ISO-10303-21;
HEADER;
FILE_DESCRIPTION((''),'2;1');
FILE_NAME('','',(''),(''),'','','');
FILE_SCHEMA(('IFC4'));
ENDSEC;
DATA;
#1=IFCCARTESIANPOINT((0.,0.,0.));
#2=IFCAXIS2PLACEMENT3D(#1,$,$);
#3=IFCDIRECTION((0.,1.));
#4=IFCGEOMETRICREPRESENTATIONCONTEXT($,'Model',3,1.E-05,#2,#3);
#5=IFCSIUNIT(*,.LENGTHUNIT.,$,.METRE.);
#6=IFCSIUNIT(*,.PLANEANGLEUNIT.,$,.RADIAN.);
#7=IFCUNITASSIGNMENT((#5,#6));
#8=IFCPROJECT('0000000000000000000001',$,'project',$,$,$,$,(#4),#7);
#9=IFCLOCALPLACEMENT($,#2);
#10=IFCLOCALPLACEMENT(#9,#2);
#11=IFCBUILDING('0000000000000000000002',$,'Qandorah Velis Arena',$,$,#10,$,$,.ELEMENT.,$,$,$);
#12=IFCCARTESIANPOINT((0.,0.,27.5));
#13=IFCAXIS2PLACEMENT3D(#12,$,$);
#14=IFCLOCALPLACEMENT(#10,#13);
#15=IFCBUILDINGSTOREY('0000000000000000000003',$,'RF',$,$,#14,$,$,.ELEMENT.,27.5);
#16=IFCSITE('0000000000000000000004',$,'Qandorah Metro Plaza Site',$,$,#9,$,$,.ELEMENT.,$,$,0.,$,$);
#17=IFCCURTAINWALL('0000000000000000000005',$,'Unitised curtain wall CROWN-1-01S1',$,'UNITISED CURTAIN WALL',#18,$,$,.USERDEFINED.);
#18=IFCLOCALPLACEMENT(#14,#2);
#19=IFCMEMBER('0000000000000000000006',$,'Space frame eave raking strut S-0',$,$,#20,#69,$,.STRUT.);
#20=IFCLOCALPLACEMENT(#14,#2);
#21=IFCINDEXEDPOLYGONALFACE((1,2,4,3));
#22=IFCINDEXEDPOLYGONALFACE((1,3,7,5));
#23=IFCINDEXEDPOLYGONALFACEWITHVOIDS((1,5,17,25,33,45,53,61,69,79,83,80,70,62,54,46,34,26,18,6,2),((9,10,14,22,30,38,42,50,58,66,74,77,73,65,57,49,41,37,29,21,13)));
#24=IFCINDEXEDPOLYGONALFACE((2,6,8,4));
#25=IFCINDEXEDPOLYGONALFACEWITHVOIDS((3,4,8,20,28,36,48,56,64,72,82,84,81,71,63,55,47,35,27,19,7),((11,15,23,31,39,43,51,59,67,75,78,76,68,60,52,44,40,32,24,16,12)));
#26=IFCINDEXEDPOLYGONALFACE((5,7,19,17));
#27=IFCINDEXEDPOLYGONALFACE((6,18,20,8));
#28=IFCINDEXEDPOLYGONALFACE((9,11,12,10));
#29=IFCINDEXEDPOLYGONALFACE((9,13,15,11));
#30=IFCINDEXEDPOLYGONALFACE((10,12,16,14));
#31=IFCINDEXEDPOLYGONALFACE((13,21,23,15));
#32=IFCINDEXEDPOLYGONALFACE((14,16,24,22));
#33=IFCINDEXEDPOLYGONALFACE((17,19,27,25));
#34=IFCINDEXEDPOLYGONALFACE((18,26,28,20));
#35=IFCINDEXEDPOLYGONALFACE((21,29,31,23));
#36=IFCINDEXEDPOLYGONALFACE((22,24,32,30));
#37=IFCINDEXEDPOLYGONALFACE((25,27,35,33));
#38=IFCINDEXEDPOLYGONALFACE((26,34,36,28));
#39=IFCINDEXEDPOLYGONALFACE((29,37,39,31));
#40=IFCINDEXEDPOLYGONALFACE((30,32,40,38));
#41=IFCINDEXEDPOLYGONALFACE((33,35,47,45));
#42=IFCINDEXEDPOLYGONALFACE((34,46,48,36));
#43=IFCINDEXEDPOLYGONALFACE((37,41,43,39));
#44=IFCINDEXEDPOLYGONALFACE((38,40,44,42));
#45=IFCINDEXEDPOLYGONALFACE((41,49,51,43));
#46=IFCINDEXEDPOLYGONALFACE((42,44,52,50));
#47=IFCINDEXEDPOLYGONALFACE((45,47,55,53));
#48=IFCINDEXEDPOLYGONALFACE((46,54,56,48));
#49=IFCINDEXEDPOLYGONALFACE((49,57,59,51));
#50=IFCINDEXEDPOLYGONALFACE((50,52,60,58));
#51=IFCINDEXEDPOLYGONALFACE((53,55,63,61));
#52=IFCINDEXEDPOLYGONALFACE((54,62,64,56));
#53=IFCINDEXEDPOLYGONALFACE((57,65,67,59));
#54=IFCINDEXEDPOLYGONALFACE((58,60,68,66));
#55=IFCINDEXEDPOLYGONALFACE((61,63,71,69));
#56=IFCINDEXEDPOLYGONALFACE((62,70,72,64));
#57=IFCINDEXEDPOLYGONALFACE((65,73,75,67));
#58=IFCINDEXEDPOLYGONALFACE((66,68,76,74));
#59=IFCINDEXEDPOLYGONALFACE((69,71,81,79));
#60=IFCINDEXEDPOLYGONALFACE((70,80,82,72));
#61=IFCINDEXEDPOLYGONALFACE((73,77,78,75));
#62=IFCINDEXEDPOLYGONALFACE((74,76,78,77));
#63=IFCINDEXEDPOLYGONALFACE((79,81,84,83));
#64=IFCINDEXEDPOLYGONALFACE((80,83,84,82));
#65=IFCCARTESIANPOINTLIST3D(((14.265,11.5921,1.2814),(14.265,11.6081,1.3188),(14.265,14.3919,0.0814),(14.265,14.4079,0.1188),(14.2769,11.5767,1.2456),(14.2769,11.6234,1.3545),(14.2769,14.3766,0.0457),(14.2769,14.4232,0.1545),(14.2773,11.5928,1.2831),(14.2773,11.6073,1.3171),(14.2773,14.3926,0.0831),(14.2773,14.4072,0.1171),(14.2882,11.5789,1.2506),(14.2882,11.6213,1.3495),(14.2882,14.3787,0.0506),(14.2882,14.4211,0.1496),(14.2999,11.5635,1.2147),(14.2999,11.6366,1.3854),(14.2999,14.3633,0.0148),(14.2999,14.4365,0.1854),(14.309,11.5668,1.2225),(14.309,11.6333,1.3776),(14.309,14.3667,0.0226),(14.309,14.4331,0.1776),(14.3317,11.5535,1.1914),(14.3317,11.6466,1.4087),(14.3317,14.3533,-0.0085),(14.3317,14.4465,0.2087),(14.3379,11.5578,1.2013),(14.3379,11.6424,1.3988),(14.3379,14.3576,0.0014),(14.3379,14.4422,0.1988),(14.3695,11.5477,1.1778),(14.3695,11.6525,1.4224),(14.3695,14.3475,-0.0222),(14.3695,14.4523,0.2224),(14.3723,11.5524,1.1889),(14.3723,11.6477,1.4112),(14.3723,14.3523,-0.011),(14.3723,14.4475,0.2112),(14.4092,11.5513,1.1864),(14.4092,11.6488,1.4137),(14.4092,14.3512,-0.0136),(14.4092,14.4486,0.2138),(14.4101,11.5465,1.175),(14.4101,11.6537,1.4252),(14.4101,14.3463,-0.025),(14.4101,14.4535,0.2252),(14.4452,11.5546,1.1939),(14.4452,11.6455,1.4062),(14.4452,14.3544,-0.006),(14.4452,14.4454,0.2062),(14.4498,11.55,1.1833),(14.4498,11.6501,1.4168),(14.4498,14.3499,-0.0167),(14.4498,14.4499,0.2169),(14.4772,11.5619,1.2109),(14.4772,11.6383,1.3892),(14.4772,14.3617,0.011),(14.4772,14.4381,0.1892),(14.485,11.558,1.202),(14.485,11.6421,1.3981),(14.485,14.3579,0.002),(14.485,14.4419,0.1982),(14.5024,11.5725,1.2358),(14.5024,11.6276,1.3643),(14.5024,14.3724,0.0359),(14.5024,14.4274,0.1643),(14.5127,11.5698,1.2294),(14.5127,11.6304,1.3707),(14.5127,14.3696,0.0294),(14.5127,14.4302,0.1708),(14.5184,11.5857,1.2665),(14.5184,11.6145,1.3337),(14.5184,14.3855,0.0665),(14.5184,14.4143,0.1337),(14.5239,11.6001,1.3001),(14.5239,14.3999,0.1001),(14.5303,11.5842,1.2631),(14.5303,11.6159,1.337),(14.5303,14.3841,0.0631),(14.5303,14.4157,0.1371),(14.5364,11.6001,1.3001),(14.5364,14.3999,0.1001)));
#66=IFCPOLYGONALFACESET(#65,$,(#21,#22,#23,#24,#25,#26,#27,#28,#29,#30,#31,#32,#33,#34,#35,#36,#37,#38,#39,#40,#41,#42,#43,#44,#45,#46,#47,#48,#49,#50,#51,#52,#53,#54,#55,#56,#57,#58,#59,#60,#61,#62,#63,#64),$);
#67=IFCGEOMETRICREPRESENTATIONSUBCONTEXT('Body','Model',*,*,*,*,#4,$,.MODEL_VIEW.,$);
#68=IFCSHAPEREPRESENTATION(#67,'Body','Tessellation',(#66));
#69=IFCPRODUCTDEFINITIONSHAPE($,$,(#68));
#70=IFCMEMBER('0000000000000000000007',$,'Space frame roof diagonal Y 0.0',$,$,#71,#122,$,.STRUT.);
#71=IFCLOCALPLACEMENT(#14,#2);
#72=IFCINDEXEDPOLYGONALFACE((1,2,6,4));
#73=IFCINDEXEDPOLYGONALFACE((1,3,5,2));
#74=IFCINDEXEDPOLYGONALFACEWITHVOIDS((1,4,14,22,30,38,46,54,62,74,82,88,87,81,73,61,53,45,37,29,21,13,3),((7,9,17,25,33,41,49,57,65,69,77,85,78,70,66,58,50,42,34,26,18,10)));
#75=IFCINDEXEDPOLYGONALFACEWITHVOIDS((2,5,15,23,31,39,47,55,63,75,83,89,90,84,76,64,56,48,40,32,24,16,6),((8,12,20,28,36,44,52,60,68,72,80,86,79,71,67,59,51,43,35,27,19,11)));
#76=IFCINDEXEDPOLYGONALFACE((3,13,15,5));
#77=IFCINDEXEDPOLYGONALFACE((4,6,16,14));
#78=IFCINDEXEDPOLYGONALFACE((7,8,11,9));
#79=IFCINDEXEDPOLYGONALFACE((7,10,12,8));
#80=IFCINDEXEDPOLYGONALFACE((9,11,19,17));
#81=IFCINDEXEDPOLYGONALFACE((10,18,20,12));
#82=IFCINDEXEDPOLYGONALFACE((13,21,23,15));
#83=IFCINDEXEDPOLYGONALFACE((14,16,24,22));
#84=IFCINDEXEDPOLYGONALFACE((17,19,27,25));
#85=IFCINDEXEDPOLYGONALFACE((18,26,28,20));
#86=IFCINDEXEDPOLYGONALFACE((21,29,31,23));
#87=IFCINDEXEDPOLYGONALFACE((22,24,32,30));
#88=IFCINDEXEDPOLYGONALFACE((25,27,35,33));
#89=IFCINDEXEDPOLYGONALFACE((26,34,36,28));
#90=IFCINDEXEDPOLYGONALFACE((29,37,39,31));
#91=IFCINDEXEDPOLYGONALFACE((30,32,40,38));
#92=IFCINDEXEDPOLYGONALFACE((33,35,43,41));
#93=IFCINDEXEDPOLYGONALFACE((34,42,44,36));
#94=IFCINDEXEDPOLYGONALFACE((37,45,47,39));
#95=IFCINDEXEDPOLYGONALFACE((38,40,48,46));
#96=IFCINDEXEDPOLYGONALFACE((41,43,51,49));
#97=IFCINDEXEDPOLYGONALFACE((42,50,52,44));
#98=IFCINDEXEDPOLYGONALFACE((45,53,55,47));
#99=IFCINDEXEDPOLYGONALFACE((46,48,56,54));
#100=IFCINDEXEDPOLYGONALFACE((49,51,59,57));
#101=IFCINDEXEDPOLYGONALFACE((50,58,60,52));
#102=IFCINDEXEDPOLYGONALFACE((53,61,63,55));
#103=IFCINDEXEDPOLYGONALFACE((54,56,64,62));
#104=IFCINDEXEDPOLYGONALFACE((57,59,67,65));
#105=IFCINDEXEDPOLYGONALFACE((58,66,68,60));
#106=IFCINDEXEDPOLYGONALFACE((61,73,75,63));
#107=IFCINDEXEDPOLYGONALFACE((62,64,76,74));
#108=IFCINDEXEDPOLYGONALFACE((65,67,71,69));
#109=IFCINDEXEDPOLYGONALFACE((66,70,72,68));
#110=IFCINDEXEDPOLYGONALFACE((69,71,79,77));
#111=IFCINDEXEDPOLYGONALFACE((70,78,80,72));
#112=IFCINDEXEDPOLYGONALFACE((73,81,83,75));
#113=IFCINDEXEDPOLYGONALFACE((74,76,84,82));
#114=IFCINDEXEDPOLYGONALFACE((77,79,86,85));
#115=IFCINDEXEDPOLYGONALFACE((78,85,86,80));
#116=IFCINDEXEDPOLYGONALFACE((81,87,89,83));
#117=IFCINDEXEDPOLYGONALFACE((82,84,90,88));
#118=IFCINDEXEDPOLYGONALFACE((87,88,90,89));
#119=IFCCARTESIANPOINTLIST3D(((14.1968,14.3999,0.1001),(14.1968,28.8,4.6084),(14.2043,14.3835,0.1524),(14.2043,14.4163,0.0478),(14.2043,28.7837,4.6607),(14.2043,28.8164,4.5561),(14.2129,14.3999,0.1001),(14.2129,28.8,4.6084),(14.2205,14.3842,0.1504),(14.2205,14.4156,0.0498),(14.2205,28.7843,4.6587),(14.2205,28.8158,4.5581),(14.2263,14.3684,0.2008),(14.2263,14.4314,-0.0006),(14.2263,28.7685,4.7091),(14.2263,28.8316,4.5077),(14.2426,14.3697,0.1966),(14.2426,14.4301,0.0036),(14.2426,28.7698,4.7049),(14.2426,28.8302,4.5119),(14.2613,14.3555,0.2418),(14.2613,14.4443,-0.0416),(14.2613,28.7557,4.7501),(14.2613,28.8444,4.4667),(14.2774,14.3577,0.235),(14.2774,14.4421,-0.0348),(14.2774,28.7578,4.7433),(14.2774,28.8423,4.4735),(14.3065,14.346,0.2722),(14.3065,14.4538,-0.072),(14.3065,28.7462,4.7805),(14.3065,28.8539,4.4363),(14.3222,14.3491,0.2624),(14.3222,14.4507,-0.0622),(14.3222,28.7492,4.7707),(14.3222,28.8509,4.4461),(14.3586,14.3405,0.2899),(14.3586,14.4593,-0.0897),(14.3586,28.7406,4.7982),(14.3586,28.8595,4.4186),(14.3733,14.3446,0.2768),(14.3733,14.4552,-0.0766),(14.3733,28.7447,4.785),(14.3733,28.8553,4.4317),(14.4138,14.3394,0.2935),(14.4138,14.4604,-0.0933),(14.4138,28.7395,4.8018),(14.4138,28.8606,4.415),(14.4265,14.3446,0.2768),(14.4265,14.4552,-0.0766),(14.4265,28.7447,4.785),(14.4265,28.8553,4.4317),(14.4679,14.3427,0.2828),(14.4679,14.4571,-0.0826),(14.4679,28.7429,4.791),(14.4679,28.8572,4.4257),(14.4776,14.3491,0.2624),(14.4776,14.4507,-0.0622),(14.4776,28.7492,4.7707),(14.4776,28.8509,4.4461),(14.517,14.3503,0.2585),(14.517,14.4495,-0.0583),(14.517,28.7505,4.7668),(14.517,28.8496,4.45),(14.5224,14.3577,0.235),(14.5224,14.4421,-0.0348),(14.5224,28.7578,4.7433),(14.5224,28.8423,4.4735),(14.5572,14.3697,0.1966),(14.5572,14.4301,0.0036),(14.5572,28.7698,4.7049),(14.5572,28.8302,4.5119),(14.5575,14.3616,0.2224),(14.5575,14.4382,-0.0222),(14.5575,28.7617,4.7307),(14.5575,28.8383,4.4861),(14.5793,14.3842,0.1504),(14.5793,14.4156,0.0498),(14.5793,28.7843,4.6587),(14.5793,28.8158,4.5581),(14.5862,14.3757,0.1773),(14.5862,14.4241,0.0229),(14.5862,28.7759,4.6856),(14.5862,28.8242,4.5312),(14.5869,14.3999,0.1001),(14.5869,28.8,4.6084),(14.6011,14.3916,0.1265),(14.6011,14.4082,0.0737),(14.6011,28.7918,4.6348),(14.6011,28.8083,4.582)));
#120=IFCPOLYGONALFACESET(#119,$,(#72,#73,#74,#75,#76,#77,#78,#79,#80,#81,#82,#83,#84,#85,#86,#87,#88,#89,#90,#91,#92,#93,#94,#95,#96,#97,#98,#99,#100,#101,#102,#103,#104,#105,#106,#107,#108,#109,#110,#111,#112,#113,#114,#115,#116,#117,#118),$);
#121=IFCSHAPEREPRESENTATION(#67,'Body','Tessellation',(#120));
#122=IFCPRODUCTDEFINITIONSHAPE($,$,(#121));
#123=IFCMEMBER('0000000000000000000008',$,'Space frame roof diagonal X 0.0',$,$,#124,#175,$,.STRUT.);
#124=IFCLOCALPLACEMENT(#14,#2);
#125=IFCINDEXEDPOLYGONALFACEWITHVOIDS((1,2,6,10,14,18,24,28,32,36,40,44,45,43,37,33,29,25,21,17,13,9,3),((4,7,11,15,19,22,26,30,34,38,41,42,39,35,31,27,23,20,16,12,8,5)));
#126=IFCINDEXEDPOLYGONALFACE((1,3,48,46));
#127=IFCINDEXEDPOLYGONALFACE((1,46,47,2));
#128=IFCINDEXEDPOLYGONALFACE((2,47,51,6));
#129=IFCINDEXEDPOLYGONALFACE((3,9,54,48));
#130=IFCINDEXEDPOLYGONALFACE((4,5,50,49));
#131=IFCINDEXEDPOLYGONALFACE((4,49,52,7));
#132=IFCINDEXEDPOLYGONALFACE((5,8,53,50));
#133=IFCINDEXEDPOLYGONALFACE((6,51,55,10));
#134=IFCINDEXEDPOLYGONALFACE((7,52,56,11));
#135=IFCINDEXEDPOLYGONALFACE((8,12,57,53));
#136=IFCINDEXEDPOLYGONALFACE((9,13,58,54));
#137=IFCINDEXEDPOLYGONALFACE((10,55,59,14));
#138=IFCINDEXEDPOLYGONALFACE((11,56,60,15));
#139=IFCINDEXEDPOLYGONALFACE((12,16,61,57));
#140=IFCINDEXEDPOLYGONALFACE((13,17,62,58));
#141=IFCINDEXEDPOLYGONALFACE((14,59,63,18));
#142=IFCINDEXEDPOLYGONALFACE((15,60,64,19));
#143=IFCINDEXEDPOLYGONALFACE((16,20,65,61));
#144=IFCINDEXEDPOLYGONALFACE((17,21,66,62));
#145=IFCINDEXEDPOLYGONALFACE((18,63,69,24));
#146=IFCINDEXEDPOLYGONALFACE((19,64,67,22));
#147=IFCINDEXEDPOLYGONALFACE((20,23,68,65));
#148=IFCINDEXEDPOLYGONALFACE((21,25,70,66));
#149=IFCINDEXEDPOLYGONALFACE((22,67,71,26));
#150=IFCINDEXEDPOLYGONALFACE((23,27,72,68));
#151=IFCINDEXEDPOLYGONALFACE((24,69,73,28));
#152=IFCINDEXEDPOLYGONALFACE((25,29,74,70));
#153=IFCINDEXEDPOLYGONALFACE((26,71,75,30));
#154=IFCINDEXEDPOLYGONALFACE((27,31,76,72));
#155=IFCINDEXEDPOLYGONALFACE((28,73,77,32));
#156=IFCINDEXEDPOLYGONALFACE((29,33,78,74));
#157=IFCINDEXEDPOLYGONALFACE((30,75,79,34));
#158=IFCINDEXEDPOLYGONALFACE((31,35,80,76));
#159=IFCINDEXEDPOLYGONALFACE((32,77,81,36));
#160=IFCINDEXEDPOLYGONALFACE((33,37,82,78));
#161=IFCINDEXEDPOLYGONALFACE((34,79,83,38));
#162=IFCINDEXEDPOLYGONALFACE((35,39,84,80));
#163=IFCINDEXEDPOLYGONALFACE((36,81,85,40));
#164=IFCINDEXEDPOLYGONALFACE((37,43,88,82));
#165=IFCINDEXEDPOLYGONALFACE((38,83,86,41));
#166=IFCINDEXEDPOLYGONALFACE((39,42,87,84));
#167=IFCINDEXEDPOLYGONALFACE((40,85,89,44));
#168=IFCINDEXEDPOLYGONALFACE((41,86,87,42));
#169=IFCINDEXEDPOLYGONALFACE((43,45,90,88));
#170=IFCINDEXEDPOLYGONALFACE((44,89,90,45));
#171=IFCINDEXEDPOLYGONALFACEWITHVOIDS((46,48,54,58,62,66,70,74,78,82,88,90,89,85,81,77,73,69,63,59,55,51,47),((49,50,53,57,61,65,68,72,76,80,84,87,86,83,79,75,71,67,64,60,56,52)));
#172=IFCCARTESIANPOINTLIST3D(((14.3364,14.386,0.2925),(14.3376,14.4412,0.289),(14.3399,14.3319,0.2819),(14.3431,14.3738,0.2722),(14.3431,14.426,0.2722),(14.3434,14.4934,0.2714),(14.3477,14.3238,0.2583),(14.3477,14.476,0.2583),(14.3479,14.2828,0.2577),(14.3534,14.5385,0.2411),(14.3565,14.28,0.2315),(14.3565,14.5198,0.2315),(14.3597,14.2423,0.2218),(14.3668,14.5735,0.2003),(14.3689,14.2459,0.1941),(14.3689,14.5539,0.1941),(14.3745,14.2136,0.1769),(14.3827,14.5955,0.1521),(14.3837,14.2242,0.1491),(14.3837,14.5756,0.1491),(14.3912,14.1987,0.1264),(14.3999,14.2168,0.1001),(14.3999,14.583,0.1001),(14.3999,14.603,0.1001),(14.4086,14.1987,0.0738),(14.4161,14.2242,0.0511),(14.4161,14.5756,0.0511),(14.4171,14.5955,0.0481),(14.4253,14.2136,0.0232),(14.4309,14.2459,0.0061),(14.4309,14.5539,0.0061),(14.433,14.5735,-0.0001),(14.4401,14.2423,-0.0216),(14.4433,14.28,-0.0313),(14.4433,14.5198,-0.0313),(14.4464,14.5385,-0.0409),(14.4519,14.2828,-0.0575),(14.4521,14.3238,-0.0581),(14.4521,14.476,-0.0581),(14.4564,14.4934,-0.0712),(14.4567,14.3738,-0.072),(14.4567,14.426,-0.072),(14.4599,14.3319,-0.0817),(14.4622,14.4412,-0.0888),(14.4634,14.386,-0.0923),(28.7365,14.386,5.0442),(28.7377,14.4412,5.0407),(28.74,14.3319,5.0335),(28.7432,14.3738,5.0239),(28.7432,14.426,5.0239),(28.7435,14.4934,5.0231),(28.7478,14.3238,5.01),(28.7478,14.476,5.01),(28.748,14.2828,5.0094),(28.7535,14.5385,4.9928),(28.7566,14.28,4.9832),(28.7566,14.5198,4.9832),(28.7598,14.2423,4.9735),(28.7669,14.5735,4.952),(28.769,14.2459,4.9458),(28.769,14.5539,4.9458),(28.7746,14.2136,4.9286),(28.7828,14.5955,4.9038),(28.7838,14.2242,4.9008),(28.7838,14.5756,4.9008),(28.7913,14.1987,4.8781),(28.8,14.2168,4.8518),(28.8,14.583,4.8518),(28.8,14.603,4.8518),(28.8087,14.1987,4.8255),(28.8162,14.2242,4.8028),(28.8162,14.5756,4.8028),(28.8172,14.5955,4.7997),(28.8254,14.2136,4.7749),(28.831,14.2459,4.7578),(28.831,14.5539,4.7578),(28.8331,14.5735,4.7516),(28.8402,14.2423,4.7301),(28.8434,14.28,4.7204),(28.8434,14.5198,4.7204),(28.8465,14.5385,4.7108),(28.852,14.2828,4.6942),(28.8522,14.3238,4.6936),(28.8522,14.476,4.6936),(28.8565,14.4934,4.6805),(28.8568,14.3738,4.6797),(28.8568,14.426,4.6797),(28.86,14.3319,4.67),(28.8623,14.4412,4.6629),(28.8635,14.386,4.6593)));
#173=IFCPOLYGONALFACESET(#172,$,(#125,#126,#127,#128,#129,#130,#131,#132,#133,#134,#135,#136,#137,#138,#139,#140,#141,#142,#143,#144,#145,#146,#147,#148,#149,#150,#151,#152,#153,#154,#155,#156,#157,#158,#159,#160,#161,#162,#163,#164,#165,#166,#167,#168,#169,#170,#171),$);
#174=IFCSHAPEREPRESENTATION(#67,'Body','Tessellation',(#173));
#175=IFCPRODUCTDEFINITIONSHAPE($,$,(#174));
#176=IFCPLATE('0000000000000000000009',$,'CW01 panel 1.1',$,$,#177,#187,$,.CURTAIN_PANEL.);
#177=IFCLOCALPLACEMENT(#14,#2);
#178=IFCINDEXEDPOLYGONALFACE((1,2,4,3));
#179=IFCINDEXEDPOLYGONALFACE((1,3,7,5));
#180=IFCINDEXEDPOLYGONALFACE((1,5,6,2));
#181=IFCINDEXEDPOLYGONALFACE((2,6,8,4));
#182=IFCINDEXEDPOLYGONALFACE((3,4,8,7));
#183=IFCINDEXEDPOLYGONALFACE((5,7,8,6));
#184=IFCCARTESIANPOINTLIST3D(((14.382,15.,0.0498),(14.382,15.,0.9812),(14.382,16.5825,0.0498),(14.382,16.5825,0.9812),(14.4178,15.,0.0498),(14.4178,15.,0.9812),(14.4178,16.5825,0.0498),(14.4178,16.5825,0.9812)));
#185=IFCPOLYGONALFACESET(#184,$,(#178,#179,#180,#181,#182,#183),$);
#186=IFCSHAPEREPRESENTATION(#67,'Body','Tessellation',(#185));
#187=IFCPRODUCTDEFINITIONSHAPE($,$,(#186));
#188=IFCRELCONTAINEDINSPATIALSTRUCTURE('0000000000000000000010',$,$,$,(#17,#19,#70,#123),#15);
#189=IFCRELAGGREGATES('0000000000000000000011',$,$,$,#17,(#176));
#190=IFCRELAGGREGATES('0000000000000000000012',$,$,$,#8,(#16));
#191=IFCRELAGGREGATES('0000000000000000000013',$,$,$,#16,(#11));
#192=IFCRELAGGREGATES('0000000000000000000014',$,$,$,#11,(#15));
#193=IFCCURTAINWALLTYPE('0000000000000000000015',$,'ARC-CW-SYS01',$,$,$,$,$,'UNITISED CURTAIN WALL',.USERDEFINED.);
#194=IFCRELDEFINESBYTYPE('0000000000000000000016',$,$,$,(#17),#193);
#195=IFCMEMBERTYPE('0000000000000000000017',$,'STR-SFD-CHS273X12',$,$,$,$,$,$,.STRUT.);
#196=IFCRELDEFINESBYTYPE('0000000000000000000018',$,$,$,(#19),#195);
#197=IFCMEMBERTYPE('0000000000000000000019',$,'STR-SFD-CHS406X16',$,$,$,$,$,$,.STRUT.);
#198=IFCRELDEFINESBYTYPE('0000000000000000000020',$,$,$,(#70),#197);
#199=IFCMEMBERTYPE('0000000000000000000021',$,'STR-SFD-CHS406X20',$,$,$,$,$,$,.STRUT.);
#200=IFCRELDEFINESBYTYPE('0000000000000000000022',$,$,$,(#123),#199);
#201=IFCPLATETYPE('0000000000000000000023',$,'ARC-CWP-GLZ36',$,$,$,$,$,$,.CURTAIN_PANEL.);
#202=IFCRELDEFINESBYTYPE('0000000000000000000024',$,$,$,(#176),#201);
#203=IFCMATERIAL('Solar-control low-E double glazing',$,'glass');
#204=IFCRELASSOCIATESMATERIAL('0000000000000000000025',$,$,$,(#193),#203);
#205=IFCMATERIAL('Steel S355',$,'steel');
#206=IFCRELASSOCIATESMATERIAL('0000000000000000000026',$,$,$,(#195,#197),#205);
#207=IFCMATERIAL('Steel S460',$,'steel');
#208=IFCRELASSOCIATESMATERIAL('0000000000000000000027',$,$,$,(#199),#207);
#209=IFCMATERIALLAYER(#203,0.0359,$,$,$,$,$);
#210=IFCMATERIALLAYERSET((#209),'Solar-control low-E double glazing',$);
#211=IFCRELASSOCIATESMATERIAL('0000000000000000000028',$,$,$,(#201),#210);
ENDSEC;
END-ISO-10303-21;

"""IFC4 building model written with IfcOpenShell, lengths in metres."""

from ifc_helpers import new_model, si_unit, direction, frame, origin, origin_2d, place, context, subcontext, project, spatial, rectangle, hollow_circle, extrude, material, layer, layer_set, material_profile, profile_set, type_object, element, aggregate, save


model = new_model("IFC4")

# Units and contexts
model_context = context("Model", 3, precision=1e-05, world=origin(), true_north=direction((0.0, 1.0)))
body_context = subcontext(model_context, "Body", "Model", "MODEL_VIEW")
ifc_project = project(units=[si_unit("LENGTHUNIT", "METRE"), si_unit("PLANEANGLEUNIT", "RADIAN")], contexts=[model_context])

# Site, building, storey
site_placement = place(None, origin())
site = spatial("IfcSite", under=ifc_project, at=site_placement, Name="Qandorah Metro Plaza Site", CompositionType="ELEMENT", RefElevation=0.0)
building_placement = place(site_placement, origin())
building = spatial("IfcBuilding", under=site, at=building_placement, Name="Qandorah Velis Arena", CompositionType="ELEMENT")
storey_placement = place(building_placement, frame((0.0, 0.0, 27.5)))
storey = spatial("IfcBuildingStorey", under=building, at=storey_placement, Name="RF", CompositionType="ELEMENT", Elevation=27.5)

# Curtain wall
ifc_material_1 = material(Name="Solar-control low-E double glazing", Category="glass")
curtain_wall_type = type_object("IfcCurtainWallType", Name="ARC-CW-SYS01", ElementType="UNITISED CURTAIN WALL", PredefinedType="USERDEFINED", material=ifc_material_1)
curtain_wall_placement = place(storey_placement, origin())
curtain_wall = element("IfcCurtainWall", 1, at=curtain_wall_placement, inside=storey, type_object=curtain_wall_type, Name="Unitised curtain wall CROWN-1-01S1", ObjectType="UNITISED CURTAIN WALL", PredefinedType="USERDEFINED")

# Members
ifc_material_2 = material(Name="Steel S355", Category="steel")
ifc_material_profile_1 = material_profile(ifc_material_2, hollow_circle(Radius=0.1365, WallThickness=0.0125, at=origin_2d()), Name="CHS 273x12.5")
ifc_profile_set_1 = profile_set([ifc_material_profile_1], Name="Steel S355")
member_type_1 = type_object("IfcMemberType", Name="STR-SFD-CHS273X12", PredefinedType="STRUT", material=ifc_profile_set_1)
member_1_placement = place(storey_placement, frame((14.3999, 14.3999, 0.1001), z_axis=(0.0, -0.919141, 0.393929), x_axis=(1.0, 0.0, 0.0)))
element("IfcMember", 2, at=member_1_placement, inside=storey, type_object=member_type_1, Name="Space frame eave raking strut S-0", PredefinedType="STRUT", context=body_context, shape_type="SweptSolid", body=[
    extrude(hollow_circle(Radius=0.1365, WallThickness=0.0125, at=origin_2d()), origin(), (0.0, 0.0, 1.0), 3.0461),
])
ifc_material_profile_2 = material_profile(ifc_material_2, hollow_circle(Radius=0.2031, WallThickness=0.0161, at=origin_2d()), Name="CHS 406.4x16")
ifc_profile_set_2 = profile_set([ifc_material_profile_2], Name="Steel S355")
member_type_2 = type_object("IfcMemberType", Name="STR-SFD-CHS406X16", PredefinedType="STRUT", material=ifc_profile_set_2)
member_2_placement = place(storey_placement, frame((14.3999, 14.3999, 0.1001), z_axis=(0.0, 0.954324, 0.298773), x_axis=(-1.0, 0.0, 0.0)))
element("IfcMember", 3, at=member_2_placement, inside=storey, type_object=member_type_2, Name="Space frame roof diagonal Y 0.0", PredefinedType="STRUT", context=body_context, shape_type="SweptSolid", body=[
    extrude(hollow_circle(Radius=0.2031, WallThickness=0.0161, at=origin_2d()), origin(), (0.0, 0.0, 1.0), 15.0894),
])
ifc_material_3 = material(Name="Steel S460", Category="steel")
ifc_material_profile_3 = material_profile(ifc_material_3, hollow_circle(Radius=0.2031, WallThickness=0.02, at=origin_2d()), Name="CHS 406.4x20")
ifc_profile_set_3 = profile_set([ifc_material_profile_3], Name="Steel S460")
member_type_3 = type_object("IfcMemberType", Name="STR-SFD-CHS406X20", PredefinedType="STRUT", material=ifc_profile_set_3)
member_3_placement = place(storey_placement, frame((14.3999, 14.3999, 0.1001), z_axis=(0.949635, 0.0, 0.313357), x_axis=(0.0, 1.0, 0.0)))
element("IfcMember", 4, at=member_3_placement, inside=storey, type_object=member_type_3, Name="Space frame roof diagonal X 0.0", PredefinedType="STRUT", context=body_context, shape_type="SweptSolid", body=[
    extrude(hollow_circle(Radius=0.2031, WallThickness=0.02, at=origin_2d()), origin(), (0.0, 0.0, 1.0), 15.1638),
])

# Plate
ifc_layer_1 = layer(ifc_material_1, 0.0359)
ifc_layer_set_1 = layer_set([ifc_layer_1], Name="Solar-control low-E double glazing")
plate_type = type_object("IfcPlateType", Name="ARC-CWP-GLZ36", PredefinedType="CURTAIN_PANEL", material=ifc_layer_set_1)
plate_1_placement = place(storey_placement, frame((14.3999, 15.7913, 0.0498), z_axis=(0.0, 0.0, 1.0), x_axis=(0.0, 1.0, 0.0)))
plate_1 = element("IfcPlate", 5, at=plate_1_placement, type_object=plate_type, Name="CW01 panel 1.1", PredefinedType="CURTAIN_PANEL", context=body_context, shape_type="SweptSolid", body=[
    extrude(rectangle(XDim=1.5825, YDim=0.0359, at=origin_2d()), origin(), (0.0, 0.0, 1.0), 0.9314),
])
aggregate(curtain_wall, [plate_1])

save(model, "model.ifc")
